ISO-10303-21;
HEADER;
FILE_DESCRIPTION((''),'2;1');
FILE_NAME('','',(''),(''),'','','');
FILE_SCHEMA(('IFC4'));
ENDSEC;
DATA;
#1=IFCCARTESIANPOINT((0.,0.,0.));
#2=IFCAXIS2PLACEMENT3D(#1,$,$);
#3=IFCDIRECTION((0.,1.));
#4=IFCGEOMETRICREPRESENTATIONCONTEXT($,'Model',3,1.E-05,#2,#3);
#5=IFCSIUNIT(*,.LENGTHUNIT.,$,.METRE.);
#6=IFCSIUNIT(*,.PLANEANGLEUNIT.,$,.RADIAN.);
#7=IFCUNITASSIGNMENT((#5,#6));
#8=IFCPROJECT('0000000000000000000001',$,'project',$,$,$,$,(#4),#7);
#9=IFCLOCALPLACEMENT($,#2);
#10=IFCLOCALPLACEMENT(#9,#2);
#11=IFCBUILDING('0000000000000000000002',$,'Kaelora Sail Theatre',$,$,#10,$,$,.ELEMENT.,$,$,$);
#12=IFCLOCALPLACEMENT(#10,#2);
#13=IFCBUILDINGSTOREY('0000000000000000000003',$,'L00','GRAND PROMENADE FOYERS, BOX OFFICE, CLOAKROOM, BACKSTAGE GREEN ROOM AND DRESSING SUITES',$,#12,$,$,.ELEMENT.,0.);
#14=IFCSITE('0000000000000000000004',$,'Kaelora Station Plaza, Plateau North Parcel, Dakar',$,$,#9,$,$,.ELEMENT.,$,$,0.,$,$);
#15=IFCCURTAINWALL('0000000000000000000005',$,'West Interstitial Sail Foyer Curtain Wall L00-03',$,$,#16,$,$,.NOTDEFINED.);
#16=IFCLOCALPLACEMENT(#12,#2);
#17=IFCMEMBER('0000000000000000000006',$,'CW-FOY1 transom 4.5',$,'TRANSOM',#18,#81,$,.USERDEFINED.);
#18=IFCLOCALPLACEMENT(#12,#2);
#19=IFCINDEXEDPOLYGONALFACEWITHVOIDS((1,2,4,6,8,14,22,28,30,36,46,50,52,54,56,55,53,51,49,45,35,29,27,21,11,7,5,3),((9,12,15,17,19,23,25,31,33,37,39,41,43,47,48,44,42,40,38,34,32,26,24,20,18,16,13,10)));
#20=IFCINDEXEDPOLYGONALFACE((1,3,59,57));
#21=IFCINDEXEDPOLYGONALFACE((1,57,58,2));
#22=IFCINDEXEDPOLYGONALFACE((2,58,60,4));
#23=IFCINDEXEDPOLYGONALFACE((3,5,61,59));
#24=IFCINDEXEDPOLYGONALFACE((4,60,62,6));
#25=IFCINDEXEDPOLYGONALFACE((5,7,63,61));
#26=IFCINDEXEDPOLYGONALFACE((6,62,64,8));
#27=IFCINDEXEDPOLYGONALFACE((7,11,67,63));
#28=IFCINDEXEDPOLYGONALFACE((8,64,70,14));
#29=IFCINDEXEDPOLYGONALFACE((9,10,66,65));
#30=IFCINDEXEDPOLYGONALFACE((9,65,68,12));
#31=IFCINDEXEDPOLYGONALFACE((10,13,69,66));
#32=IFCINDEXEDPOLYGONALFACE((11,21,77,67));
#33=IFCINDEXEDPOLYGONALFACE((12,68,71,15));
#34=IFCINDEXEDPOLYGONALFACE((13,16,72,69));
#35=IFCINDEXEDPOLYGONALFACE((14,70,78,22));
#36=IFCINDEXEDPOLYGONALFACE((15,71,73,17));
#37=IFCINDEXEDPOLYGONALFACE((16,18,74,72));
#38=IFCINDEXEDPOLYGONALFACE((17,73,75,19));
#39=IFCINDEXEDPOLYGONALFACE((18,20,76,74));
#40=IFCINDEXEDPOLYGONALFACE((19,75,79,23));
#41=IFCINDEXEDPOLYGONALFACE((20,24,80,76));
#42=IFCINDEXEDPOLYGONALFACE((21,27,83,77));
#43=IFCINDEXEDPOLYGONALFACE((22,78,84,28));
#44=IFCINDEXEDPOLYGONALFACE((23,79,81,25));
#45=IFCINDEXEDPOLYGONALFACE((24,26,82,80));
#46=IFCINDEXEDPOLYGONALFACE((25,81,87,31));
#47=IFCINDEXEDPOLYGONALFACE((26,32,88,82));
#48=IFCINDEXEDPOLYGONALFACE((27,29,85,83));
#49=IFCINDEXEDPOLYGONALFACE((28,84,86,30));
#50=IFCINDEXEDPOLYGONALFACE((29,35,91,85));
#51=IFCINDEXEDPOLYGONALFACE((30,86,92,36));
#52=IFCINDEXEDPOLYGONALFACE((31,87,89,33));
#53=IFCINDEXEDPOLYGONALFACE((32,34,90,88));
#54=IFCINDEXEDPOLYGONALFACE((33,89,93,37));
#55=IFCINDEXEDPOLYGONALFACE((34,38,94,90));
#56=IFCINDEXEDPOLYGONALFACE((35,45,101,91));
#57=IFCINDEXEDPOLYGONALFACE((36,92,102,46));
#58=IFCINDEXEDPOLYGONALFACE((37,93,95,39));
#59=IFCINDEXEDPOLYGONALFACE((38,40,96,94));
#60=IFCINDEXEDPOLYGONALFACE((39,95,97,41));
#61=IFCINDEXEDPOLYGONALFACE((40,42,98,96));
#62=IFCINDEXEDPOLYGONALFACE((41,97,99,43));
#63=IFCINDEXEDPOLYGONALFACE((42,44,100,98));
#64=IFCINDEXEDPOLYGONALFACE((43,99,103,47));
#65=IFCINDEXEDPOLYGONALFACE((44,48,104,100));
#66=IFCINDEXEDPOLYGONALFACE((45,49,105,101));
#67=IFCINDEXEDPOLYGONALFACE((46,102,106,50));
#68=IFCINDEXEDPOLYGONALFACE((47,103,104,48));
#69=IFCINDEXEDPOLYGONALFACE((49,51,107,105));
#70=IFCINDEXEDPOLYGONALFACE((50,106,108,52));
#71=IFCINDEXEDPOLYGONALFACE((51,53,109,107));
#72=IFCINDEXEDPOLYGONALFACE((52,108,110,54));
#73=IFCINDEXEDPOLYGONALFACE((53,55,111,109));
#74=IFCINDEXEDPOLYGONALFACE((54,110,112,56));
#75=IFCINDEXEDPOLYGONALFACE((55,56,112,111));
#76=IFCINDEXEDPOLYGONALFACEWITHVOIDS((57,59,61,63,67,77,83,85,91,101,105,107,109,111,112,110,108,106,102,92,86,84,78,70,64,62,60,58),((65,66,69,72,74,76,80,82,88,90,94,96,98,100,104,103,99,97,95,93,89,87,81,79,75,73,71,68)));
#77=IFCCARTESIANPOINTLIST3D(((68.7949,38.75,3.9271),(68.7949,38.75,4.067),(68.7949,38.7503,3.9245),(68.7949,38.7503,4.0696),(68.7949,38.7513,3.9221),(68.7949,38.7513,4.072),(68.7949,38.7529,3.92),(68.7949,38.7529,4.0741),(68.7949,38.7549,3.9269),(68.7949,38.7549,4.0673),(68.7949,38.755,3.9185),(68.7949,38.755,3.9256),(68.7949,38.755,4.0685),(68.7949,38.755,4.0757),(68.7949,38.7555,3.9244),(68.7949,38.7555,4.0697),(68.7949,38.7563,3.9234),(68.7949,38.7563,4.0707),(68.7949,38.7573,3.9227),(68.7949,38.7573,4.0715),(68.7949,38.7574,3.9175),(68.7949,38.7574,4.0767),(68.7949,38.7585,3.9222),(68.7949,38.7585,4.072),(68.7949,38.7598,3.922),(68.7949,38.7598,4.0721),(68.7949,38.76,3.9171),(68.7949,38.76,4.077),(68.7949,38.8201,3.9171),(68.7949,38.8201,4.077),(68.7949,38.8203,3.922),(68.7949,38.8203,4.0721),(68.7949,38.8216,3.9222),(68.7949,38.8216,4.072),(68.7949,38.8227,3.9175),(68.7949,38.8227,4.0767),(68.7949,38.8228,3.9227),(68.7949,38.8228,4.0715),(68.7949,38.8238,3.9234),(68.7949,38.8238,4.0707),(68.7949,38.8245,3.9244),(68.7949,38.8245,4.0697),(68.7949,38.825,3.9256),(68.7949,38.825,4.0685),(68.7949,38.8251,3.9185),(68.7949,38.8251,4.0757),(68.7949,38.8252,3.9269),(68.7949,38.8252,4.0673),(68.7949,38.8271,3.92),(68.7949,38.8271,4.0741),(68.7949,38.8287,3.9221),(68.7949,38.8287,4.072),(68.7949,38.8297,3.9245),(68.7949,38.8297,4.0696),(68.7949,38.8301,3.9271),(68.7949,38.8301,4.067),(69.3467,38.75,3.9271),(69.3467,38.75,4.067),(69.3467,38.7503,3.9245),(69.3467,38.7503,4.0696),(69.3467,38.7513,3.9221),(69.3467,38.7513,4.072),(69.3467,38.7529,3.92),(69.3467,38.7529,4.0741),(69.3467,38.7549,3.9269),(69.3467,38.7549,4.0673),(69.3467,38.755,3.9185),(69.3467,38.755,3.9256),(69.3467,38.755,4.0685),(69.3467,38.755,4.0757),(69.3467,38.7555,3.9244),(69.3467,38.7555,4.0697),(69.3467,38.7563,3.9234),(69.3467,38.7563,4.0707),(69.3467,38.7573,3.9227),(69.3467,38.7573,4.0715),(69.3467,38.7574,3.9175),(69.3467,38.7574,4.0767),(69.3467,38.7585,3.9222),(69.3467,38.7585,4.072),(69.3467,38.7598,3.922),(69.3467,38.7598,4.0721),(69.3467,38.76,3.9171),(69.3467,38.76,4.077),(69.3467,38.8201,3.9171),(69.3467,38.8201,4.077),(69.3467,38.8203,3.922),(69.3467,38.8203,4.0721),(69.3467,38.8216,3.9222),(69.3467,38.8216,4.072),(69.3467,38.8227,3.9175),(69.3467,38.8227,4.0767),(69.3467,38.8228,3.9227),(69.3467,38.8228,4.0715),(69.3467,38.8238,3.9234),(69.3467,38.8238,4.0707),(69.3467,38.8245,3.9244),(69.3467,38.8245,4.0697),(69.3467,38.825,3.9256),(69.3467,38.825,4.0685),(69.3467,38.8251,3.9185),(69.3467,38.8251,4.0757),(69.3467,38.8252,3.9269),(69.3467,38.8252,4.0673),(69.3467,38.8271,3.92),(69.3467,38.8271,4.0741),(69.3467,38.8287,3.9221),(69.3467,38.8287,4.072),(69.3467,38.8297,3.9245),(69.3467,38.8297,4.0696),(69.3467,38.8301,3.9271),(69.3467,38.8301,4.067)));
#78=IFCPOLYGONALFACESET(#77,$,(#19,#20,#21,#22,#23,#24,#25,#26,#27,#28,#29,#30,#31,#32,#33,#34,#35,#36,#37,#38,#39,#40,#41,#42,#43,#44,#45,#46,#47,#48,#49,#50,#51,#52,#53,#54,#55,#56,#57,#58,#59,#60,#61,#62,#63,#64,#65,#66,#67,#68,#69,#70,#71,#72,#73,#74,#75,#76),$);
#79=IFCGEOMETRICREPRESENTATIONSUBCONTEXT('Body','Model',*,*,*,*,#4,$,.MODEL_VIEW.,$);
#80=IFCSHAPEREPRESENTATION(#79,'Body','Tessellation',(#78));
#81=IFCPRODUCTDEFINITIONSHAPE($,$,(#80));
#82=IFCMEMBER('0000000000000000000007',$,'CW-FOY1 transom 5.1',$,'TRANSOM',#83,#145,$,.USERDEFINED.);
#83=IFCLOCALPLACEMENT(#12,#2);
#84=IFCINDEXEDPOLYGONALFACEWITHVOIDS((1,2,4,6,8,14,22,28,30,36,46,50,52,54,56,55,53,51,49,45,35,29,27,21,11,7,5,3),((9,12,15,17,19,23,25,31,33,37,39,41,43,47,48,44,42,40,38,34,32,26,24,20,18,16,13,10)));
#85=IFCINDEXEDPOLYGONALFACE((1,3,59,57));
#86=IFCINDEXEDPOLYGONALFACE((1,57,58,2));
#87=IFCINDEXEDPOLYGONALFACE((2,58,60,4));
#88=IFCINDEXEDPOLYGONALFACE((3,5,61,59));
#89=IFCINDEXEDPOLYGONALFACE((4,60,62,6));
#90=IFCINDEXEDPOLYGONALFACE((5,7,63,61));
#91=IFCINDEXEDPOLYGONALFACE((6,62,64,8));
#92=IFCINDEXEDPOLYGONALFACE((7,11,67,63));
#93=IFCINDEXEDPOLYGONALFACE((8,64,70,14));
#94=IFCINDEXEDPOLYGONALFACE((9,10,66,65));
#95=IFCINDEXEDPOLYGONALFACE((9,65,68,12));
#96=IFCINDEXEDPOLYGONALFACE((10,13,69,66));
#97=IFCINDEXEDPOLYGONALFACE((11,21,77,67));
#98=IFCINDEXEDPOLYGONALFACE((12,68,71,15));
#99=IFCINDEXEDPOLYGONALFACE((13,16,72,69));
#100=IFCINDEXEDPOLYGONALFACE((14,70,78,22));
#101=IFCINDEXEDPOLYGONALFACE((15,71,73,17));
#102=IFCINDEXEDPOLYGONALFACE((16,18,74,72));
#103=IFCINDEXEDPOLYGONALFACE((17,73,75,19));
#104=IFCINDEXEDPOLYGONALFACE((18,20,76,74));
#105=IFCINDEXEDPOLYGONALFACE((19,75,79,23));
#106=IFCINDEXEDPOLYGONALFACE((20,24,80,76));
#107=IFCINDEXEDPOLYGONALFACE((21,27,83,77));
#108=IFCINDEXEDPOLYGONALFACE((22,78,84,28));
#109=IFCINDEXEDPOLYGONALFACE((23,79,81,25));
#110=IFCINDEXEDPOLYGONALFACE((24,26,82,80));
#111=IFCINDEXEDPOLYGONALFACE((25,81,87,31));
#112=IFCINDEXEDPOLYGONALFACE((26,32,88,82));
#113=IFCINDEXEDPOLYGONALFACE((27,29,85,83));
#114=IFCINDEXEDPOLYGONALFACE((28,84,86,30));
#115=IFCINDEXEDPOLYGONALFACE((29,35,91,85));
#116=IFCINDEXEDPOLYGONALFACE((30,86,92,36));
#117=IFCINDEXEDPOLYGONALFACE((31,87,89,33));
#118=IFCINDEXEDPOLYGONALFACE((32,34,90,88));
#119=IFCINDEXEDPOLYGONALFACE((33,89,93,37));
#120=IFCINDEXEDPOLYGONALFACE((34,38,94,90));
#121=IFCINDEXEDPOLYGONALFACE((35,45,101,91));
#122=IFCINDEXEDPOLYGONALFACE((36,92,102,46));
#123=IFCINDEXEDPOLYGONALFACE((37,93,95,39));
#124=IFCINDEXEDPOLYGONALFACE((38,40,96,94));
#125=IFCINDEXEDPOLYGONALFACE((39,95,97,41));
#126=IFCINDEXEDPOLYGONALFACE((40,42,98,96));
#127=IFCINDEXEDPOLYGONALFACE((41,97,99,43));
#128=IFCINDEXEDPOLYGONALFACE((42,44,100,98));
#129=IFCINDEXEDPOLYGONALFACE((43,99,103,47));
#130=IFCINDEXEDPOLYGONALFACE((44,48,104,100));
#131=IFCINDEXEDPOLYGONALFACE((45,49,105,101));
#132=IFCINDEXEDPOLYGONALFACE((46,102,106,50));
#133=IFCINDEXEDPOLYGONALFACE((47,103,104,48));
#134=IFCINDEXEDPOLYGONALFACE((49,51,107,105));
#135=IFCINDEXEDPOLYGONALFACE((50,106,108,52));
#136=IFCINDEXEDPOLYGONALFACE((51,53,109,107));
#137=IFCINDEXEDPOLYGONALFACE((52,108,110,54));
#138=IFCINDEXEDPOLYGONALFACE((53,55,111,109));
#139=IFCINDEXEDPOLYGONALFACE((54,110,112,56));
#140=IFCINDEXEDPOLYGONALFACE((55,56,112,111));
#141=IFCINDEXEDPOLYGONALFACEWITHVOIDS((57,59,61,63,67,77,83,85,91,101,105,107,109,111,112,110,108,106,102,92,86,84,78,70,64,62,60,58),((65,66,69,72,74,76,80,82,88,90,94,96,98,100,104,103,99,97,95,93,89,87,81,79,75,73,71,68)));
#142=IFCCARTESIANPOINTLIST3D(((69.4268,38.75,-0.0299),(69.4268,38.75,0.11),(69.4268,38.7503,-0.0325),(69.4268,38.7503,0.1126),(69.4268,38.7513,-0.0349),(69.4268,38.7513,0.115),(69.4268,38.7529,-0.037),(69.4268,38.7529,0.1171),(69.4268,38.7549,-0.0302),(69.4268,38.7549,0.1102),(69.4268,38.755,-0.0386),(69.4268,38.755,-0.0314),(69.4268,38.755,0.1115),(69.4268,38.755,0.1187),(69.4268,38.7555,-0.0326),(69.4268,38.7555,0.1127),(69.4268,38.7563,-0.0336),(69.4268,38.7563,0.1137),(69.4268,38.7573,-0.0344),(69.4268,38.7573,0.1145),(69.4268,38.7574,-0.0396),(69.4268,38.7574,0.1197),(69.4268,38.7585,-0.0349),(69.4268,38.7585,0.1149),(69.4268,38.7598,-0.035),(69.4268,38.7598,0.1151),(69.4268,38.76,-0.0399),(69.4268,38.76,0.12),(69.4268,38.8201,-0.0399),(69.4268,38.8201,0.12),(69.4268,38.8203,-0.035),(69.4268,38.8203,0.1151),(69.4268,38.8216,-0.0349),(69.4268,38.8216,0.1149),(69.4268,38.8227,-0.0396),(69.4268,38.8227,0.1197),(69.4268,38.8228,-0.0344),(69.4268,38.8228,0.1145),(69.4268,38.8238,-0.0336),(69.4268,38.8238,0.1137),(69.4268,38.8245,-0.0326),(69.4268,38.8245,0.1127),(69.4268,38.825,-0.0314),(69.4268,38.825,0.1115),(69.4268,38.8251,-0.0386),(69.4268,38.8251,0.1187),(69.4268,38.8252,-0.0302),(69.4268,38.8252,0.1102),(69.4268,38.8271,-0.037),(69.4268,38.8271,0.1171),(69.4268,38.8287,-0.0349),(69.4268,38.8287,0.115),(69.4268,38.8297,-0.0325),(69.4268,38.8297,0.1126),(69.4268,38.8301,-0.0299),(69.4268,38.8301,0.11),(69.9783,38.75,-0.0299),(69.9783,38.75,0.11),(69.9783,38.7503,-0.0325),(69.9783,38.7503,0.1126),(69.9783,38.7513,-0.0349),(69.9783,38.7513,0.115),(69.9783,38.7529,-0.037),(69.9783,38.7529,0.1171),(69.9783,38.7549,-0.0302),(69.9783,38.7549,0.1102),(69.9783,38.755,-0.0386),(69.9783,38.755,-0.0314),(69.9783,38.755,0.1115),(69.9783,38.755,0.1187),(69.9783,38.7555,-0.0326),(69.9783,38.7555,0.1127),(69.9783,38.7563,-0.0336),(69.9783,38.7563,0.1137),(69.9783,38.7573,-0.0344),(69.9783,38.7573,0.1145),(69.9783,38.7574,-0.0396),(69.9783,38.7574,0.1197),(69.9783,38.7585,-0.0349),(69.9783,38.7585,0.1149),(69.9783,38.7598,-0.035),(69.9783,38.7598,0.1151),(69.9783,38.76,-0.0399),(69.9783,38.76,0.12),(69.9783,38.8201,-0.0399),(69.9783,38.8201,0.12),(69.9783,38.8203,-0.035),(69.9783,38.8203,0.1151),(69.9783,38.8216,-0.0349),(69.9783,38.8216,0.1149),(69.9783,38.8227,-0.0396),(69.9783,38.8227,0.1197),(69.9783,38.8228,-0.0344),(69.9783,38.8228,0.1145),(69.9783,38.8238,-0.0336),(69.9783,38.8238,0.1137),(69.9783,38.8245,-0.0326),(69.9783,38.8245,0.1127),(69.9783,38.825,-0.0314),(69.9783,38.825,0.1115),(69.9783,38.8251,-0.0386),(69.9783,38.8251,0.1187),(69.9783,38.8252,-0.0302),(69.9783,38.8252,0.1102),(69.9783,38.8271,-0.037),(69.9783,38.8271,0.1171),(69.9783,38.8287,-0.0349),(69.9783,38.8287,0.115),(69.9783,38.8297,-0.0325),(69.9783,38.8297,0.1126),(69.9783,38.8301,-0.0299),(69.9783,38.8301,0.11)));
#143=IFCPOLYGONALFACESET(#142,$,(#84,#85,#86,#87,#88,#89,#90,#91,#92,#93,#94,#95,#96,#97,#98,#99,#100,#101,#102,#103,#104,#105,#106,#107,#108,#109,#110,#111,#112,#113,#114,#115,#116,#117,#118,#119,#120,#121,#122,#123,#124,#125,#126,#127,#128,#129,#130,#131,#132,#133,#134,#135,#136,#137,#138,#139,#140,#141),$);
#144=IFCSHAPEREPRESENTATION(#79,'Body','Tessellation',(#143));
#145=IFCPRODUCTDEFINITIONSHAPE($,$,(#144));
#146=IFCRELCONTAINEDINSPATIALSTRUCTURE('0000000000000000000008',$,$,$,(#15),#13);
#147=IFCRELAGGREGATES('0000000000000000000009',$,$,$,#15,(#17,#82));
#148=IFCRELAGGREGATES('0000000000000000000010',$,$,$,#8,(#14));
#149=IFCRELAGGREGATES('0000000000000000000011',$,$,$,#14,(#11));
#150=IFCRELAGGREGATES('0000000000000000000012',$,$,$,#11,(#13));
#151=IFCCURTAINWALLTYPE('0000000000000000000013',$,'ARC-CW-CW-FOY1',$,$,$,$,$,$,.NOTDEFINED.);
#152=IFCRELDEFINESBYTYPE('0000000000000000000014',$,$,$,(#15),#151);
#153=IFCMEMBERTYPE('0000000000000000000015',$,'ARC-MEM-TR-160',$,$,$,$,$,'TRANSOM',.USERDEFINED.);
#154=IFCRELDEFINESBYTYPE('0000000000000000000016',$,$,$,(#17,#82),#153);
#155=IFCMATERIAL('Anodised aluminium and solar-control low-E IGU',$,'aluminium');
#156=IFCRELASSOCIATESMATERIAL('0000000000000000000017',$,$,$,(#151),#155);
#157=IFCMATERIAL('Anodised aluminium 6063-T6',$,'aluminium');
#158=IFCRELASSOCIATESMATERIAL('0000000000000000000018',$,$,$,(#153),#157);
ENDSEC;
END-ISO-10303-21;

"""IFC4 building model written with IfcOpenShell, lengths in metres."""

from ifc_helpers import new_model, si_unit, direction, frame, origin, origin_2d, place, context, subcontext, project, spatial, hollow_rectangle, extrude, material, material_profile, profile_set, type_object, element, aggregate, save


model = new_model("IFC4")

# Units and contexts
model_context = context("Model", 3, precision=1e-05, world=origin(), true_north=direction((0.0, 1.0)))
body_context = subcontext(model_context, "Body", "Model", "MODEL_VIEW")
ifc_project = project(units=[si_unit("LENGTHUNIT", "METRE"), si_unit("PLANEANGLEUNIT", "RADIAN")], contexts=[model_context])

# Site, building, storey
site_placement = place(None, origin())
site = spatial("IfcSite", under=ifc_project, at=site_placement, Name="Kaelora Station Plaza, Plateau North Parcel, Dakar", CompositionType="ELEMENT", RefElevation=0.0)
building_placement = place(site_placement, origin())
building = spatial("IfcBuilding", under=site, at=building_placement, Name="Kaelora Sail Theatre", CompositionType="ELEMENT")
storey_placement = place(building_placement, origin())
storey = spatial("IfcBuildingStorey", under=building, at=storey_placement, Name="L00", Description="GRAND PROMENADE FOYERS, BOX OFFICE, CLOAKROOM, BACKSTAGE GREEN ROOM AND DRESSING SUITES", CompositionType="ELEMENT", Elevation=0.0)

# Curtain wall, members
ifc_material_1 = material(Name="Anodised aluminium and solar-control low-E IGU", Category="aluminium")
curtain_wall_type = type_object("IfcCurtainWallType", Name="ARC-CW-CW-FOY1", PredefinedType="NOTDEFINED", material=ifc_material_1)
curtain_wall_placement = place(storey_placement, origin())
curtain_wall = element("IfcCurtainWall", 1, at=curtain_wall_placement, inside=storey, type_object=curtain_wall_type, Name="West Interstitial Sail Foyer Curtain Wall L00-03", PredefinedType="NOTDEFINED")
ifc_material_2 = material(Name="Anodised aluminium 6063-T6", Category="aluminium")
ifc_material_profile_1 = material_profile(ifc_material_2, hollow_rectangle(XDim=0.0801, YDim=0.1599, WallThickness=0.0049, InnerFilletRadius=0.0049, OuterFilletRadius=0.01, at=origin_2d()), Name="ALU-TRAN 80x160x5")
ifc_profile_set_1 = profile_set([ifc_material_profile_1], Name="Anodised aluminium 6063-T6")
member_type_1 = type_object("IfcMemberType", Name="ARC-MEM-TR-160", ElementType="TRANSOM", PredefinedType="USERDEFINED", material=ifc_profile_set_1)
member_1_placement = place(storey_placement, frame((68.7949, 38.79, 3.9971), z_axis=(1.0, 0.0, 0.0), x_axis=(0.0, 1.0, 0.0)))
member_1 = element("IfcMember", 2, at=member_1_placement, type_object=member_type_1, Name="CW-FOY1 transom 4.5", ObjectType="TRANSOM", PredefinedType="USERDEFINED", context=body_context, shape_type="SweptSolid", body=[
    extrude(hollow_rectangle(XDim=0.0801, YDim=0.1599, WallThickness=0.0049, InnerFilletRadius=0.0049, OuterFilletRadius=0.01, at=origin_2d()), origin(), (0.0, 0.0, 1.0), 0.5518),
])
member_2_placement = place(storey_placement, frame((69.4268, 38.79, 0.04), z_axis=(1.0, 0.0, 0.0), x_axis=(0.0, 1.0, 0.0)))
member_2 = element("IfcMember", 3, at=member_2_placement, type_object=member_type_1, Name="CW-FOY1 transom 5.1", ObjectType="TRANSOM", PredefinedType="USERDEFINED", context=body_context, shape_type="SweptSolid", body=[
    extrude(hollow_rectangle(XDim=0.0801, YDim=0.1599, WallThickness=0.0049, InnerFilletRadius=0.0049, OuterFilletRadius=0.01, at=origin_2d()), origin(), (0.0, 0.0, 1.0), 0.5515),
])

aggregate(curtain_wall, [member_1, member_2])

save(model, "model.ifc")
